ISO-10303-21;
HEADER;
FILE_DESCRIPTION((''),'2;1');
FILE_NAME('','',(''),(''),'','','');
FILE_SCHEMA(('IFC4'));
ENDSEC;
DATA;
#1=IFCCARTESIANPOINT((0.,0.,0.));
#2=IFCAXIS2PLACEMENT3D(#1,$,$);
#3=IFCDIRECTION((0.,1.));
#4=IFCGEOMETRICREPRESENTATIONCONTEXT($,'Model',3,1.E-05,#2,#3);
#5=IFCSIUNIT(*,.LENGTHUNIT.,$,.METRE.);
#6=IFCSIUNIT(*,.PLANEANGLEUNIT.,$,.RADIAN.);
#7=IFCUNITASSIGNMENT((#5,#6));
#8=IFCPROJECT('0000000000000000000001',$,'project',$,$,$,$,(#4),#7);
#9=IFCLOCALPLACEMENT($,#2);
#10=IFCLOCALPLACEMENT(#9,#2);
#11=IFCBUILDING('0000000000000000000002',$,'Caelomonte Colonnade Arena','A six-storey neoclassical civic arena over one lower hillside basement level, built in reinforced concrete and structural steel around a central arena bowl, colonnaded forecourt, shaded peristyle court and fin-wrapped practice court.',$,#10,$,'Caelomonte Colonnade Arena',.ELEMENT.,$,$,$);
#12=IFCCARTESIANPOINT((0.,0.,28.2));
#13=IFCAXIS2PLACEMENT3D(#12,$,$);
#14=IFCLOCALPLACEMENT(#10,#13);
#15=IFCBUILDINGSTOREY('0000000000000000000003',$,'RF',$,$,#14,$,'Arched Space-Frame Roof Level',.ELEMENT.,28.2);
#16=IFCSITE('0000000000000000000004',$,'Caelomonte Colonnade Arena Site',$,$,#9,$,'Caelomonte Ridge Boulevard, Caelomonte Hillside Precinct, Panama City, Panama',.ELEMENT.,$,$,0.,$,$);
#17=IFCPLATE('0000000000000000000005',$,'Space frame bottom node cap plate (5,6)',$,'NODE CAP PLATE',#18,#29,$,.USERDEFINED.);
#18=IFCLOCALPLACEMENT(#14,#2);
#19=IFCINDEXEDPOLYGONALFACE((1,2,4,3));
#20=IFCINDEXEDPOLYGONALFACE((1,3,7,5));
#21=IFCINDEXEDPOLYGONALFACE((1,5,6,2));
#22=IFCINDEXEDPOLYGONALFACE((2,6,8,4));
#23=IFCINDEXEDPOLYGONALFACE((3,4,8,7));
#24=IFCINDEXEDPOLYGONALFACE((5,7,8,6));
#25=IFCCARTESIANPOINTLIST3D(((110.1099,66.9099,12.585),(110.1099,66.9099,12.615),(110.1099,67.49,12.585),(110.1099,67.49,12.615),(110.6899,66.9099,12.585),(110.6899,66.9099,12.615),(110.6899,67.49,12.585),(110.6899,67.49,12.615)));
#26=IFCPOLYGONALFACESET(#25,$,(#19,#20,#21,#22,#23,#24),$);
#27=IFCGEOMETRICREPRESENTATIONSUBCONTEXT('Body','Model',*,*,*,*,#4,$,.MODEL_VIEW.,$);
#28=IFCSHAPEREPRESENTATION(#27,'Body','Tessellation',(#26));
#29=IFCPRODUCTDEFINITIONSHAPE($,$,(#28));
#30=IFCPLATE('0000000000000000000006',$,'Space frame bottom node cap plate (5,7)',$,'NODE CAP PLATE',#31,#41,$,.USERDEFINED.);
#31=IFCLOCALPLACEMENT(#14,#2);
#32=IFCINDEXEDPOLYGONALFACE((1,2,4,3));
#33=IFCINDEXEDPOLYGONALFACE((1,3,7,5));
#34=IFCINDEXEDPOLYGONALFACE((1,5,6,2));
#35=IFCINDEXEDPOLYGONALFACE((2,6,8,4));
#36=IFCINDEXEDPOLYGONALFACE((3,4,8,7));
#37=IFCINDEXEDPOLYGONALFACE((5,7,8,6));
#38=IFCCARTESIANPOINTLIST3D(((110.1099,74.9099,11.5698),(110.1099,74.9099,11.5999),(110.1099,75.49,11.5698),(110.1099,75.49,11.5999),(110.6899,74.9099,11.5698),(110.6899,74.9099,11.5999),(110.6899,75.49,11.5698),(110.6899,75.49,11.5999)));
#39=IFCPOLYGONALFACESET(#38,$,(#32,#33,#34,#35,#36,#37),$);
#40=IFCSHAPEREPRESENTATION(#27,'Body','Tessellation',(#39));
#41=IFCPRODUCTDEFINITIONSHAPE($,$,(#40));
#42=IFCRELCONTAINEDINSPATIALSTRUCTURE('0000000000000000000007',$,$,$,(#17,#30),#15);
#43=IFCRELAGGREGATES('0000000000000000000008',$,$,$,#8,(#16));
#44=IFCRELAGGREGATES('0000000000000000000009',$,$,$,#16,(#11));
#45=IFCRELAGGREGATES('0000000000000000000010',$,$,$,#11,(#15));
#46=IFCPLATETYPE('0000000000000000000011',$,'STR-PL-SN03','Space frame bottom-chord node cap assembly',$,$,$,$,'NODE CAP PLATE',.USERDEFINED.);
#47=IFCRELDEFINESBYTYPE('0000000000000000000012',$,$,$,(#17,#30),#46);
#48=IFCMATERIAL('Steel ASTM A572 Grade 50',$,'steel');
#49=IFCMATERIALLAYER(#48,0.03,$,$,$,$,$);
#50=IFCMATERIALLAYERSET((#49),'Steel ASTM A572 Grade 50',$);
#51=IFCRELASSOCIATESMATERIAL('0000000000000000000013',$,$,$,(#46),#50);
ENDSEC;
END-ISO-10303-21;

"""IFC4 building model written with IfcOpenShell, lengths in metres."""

from ifc_helpers import new_model, si_unit, direction, frame, origin, origin_2d, place, context, subcontext, project, spatial, rectangle, extrude, material, layer, layer_set, type_object, element, save


model = new_model("IFC4")

# Units and contexts
model_context = context("Model", 3, precision=1e-05, world=origin(), true_north=direction((0.0, 1.0)))
body_context = subcontext(model_context, "Body", "Model", "MODEL_VIEW")
ifc_project = project(units=[si_unit("LENGTHUNIT", "METRE"), si_unit("PLANEANGLEUNIT", "RADIAN")], contexts=[model_context])

# Site, building, storey
site_placement = place(None, origin())
site = spatial("IfcSite", under=ifc_project, at=site_placement, Name="Caelomonte Colonnade Arena Site", LongName="Caelomonte Ridge Boulevard, Caelomonte Hillside Precinct, Panama City, Panama", CompositionType="ELEMENT", RefElevation=0.0)
building_placement = place(site_placement, origin())
building = spatial("IfcBuilding", under=site, at=building_placement, Name="Caelomonte Colonnade Arena", Description="A six-storey neoclassical civic arena over one lower hillside basement level, built in reinforced concrete and structural steel around a central arena bowl, colonnaded forecourt, shaded peristyle court and fin-wrapped practice court.", LongName="Caelomonte Colonnade Arena", CompositionType="ELEMENT")
storey_placement = place(building_placement, frame((0.0, 0.0, 28.2)))
storey = spatial("IfcBuildingStorey", under=building, at=storey_placement, Name="RF", LongName="Arched Space-Frame Roof Level", CompositionType="ELEMENT", Elevation=28.2)

# Plates
ifc_material_1 = material(Name="Steel ASTM A572 Grade 50", Category="steel")
ifc_layer_1 = layer(ifc_material_1, 0.03)
ifc_layer_set_1 = layer_set([ifc_layer_1], Name="Steel ASTM A572 Grade 50")
plate_type_1 = type_object("IfcPlateType", Name="STR-PL-SN03", Description="Space frame bottom-chord node cap assembly", ElementType="NODE CAP PLATE", PredefinedType="USERDEFINED", material=ifc_layer_set_1)
for number, where, z_axis, x_axis, name in (
    (1, (110.3999, 67.2, 12.585), (0.0, 0.0, 1.0), (1.0, 0.0, 0.0), "Space frame bottom node cap plate (5,6)"),
    (2, (110.3999, 75.2, 11.5698), (0.0, 0.0, 1.0), (1.0, 0.0, 0.0), "Space frame bottom node cap plate (5,7)"),
):
    element("IfcPlate", number, at=place(storey_placement, frame(where, z_axis=z_axis, x_axis=x_axis)), inside=storey, type_object=plate_type_1, Name=name, ObjectType="NODE CAP PLATE", PredefinedType="USERDEFINED", context=body_context, shape_type="SweptSolid", body=[
        extrude(rectangle(XDim=0.5801, YDim=0.5801, at=origin_2d()), origin(), (0.0, 0.0, 1.0), 0.03),
    ])

save(model, "model.ifc")
